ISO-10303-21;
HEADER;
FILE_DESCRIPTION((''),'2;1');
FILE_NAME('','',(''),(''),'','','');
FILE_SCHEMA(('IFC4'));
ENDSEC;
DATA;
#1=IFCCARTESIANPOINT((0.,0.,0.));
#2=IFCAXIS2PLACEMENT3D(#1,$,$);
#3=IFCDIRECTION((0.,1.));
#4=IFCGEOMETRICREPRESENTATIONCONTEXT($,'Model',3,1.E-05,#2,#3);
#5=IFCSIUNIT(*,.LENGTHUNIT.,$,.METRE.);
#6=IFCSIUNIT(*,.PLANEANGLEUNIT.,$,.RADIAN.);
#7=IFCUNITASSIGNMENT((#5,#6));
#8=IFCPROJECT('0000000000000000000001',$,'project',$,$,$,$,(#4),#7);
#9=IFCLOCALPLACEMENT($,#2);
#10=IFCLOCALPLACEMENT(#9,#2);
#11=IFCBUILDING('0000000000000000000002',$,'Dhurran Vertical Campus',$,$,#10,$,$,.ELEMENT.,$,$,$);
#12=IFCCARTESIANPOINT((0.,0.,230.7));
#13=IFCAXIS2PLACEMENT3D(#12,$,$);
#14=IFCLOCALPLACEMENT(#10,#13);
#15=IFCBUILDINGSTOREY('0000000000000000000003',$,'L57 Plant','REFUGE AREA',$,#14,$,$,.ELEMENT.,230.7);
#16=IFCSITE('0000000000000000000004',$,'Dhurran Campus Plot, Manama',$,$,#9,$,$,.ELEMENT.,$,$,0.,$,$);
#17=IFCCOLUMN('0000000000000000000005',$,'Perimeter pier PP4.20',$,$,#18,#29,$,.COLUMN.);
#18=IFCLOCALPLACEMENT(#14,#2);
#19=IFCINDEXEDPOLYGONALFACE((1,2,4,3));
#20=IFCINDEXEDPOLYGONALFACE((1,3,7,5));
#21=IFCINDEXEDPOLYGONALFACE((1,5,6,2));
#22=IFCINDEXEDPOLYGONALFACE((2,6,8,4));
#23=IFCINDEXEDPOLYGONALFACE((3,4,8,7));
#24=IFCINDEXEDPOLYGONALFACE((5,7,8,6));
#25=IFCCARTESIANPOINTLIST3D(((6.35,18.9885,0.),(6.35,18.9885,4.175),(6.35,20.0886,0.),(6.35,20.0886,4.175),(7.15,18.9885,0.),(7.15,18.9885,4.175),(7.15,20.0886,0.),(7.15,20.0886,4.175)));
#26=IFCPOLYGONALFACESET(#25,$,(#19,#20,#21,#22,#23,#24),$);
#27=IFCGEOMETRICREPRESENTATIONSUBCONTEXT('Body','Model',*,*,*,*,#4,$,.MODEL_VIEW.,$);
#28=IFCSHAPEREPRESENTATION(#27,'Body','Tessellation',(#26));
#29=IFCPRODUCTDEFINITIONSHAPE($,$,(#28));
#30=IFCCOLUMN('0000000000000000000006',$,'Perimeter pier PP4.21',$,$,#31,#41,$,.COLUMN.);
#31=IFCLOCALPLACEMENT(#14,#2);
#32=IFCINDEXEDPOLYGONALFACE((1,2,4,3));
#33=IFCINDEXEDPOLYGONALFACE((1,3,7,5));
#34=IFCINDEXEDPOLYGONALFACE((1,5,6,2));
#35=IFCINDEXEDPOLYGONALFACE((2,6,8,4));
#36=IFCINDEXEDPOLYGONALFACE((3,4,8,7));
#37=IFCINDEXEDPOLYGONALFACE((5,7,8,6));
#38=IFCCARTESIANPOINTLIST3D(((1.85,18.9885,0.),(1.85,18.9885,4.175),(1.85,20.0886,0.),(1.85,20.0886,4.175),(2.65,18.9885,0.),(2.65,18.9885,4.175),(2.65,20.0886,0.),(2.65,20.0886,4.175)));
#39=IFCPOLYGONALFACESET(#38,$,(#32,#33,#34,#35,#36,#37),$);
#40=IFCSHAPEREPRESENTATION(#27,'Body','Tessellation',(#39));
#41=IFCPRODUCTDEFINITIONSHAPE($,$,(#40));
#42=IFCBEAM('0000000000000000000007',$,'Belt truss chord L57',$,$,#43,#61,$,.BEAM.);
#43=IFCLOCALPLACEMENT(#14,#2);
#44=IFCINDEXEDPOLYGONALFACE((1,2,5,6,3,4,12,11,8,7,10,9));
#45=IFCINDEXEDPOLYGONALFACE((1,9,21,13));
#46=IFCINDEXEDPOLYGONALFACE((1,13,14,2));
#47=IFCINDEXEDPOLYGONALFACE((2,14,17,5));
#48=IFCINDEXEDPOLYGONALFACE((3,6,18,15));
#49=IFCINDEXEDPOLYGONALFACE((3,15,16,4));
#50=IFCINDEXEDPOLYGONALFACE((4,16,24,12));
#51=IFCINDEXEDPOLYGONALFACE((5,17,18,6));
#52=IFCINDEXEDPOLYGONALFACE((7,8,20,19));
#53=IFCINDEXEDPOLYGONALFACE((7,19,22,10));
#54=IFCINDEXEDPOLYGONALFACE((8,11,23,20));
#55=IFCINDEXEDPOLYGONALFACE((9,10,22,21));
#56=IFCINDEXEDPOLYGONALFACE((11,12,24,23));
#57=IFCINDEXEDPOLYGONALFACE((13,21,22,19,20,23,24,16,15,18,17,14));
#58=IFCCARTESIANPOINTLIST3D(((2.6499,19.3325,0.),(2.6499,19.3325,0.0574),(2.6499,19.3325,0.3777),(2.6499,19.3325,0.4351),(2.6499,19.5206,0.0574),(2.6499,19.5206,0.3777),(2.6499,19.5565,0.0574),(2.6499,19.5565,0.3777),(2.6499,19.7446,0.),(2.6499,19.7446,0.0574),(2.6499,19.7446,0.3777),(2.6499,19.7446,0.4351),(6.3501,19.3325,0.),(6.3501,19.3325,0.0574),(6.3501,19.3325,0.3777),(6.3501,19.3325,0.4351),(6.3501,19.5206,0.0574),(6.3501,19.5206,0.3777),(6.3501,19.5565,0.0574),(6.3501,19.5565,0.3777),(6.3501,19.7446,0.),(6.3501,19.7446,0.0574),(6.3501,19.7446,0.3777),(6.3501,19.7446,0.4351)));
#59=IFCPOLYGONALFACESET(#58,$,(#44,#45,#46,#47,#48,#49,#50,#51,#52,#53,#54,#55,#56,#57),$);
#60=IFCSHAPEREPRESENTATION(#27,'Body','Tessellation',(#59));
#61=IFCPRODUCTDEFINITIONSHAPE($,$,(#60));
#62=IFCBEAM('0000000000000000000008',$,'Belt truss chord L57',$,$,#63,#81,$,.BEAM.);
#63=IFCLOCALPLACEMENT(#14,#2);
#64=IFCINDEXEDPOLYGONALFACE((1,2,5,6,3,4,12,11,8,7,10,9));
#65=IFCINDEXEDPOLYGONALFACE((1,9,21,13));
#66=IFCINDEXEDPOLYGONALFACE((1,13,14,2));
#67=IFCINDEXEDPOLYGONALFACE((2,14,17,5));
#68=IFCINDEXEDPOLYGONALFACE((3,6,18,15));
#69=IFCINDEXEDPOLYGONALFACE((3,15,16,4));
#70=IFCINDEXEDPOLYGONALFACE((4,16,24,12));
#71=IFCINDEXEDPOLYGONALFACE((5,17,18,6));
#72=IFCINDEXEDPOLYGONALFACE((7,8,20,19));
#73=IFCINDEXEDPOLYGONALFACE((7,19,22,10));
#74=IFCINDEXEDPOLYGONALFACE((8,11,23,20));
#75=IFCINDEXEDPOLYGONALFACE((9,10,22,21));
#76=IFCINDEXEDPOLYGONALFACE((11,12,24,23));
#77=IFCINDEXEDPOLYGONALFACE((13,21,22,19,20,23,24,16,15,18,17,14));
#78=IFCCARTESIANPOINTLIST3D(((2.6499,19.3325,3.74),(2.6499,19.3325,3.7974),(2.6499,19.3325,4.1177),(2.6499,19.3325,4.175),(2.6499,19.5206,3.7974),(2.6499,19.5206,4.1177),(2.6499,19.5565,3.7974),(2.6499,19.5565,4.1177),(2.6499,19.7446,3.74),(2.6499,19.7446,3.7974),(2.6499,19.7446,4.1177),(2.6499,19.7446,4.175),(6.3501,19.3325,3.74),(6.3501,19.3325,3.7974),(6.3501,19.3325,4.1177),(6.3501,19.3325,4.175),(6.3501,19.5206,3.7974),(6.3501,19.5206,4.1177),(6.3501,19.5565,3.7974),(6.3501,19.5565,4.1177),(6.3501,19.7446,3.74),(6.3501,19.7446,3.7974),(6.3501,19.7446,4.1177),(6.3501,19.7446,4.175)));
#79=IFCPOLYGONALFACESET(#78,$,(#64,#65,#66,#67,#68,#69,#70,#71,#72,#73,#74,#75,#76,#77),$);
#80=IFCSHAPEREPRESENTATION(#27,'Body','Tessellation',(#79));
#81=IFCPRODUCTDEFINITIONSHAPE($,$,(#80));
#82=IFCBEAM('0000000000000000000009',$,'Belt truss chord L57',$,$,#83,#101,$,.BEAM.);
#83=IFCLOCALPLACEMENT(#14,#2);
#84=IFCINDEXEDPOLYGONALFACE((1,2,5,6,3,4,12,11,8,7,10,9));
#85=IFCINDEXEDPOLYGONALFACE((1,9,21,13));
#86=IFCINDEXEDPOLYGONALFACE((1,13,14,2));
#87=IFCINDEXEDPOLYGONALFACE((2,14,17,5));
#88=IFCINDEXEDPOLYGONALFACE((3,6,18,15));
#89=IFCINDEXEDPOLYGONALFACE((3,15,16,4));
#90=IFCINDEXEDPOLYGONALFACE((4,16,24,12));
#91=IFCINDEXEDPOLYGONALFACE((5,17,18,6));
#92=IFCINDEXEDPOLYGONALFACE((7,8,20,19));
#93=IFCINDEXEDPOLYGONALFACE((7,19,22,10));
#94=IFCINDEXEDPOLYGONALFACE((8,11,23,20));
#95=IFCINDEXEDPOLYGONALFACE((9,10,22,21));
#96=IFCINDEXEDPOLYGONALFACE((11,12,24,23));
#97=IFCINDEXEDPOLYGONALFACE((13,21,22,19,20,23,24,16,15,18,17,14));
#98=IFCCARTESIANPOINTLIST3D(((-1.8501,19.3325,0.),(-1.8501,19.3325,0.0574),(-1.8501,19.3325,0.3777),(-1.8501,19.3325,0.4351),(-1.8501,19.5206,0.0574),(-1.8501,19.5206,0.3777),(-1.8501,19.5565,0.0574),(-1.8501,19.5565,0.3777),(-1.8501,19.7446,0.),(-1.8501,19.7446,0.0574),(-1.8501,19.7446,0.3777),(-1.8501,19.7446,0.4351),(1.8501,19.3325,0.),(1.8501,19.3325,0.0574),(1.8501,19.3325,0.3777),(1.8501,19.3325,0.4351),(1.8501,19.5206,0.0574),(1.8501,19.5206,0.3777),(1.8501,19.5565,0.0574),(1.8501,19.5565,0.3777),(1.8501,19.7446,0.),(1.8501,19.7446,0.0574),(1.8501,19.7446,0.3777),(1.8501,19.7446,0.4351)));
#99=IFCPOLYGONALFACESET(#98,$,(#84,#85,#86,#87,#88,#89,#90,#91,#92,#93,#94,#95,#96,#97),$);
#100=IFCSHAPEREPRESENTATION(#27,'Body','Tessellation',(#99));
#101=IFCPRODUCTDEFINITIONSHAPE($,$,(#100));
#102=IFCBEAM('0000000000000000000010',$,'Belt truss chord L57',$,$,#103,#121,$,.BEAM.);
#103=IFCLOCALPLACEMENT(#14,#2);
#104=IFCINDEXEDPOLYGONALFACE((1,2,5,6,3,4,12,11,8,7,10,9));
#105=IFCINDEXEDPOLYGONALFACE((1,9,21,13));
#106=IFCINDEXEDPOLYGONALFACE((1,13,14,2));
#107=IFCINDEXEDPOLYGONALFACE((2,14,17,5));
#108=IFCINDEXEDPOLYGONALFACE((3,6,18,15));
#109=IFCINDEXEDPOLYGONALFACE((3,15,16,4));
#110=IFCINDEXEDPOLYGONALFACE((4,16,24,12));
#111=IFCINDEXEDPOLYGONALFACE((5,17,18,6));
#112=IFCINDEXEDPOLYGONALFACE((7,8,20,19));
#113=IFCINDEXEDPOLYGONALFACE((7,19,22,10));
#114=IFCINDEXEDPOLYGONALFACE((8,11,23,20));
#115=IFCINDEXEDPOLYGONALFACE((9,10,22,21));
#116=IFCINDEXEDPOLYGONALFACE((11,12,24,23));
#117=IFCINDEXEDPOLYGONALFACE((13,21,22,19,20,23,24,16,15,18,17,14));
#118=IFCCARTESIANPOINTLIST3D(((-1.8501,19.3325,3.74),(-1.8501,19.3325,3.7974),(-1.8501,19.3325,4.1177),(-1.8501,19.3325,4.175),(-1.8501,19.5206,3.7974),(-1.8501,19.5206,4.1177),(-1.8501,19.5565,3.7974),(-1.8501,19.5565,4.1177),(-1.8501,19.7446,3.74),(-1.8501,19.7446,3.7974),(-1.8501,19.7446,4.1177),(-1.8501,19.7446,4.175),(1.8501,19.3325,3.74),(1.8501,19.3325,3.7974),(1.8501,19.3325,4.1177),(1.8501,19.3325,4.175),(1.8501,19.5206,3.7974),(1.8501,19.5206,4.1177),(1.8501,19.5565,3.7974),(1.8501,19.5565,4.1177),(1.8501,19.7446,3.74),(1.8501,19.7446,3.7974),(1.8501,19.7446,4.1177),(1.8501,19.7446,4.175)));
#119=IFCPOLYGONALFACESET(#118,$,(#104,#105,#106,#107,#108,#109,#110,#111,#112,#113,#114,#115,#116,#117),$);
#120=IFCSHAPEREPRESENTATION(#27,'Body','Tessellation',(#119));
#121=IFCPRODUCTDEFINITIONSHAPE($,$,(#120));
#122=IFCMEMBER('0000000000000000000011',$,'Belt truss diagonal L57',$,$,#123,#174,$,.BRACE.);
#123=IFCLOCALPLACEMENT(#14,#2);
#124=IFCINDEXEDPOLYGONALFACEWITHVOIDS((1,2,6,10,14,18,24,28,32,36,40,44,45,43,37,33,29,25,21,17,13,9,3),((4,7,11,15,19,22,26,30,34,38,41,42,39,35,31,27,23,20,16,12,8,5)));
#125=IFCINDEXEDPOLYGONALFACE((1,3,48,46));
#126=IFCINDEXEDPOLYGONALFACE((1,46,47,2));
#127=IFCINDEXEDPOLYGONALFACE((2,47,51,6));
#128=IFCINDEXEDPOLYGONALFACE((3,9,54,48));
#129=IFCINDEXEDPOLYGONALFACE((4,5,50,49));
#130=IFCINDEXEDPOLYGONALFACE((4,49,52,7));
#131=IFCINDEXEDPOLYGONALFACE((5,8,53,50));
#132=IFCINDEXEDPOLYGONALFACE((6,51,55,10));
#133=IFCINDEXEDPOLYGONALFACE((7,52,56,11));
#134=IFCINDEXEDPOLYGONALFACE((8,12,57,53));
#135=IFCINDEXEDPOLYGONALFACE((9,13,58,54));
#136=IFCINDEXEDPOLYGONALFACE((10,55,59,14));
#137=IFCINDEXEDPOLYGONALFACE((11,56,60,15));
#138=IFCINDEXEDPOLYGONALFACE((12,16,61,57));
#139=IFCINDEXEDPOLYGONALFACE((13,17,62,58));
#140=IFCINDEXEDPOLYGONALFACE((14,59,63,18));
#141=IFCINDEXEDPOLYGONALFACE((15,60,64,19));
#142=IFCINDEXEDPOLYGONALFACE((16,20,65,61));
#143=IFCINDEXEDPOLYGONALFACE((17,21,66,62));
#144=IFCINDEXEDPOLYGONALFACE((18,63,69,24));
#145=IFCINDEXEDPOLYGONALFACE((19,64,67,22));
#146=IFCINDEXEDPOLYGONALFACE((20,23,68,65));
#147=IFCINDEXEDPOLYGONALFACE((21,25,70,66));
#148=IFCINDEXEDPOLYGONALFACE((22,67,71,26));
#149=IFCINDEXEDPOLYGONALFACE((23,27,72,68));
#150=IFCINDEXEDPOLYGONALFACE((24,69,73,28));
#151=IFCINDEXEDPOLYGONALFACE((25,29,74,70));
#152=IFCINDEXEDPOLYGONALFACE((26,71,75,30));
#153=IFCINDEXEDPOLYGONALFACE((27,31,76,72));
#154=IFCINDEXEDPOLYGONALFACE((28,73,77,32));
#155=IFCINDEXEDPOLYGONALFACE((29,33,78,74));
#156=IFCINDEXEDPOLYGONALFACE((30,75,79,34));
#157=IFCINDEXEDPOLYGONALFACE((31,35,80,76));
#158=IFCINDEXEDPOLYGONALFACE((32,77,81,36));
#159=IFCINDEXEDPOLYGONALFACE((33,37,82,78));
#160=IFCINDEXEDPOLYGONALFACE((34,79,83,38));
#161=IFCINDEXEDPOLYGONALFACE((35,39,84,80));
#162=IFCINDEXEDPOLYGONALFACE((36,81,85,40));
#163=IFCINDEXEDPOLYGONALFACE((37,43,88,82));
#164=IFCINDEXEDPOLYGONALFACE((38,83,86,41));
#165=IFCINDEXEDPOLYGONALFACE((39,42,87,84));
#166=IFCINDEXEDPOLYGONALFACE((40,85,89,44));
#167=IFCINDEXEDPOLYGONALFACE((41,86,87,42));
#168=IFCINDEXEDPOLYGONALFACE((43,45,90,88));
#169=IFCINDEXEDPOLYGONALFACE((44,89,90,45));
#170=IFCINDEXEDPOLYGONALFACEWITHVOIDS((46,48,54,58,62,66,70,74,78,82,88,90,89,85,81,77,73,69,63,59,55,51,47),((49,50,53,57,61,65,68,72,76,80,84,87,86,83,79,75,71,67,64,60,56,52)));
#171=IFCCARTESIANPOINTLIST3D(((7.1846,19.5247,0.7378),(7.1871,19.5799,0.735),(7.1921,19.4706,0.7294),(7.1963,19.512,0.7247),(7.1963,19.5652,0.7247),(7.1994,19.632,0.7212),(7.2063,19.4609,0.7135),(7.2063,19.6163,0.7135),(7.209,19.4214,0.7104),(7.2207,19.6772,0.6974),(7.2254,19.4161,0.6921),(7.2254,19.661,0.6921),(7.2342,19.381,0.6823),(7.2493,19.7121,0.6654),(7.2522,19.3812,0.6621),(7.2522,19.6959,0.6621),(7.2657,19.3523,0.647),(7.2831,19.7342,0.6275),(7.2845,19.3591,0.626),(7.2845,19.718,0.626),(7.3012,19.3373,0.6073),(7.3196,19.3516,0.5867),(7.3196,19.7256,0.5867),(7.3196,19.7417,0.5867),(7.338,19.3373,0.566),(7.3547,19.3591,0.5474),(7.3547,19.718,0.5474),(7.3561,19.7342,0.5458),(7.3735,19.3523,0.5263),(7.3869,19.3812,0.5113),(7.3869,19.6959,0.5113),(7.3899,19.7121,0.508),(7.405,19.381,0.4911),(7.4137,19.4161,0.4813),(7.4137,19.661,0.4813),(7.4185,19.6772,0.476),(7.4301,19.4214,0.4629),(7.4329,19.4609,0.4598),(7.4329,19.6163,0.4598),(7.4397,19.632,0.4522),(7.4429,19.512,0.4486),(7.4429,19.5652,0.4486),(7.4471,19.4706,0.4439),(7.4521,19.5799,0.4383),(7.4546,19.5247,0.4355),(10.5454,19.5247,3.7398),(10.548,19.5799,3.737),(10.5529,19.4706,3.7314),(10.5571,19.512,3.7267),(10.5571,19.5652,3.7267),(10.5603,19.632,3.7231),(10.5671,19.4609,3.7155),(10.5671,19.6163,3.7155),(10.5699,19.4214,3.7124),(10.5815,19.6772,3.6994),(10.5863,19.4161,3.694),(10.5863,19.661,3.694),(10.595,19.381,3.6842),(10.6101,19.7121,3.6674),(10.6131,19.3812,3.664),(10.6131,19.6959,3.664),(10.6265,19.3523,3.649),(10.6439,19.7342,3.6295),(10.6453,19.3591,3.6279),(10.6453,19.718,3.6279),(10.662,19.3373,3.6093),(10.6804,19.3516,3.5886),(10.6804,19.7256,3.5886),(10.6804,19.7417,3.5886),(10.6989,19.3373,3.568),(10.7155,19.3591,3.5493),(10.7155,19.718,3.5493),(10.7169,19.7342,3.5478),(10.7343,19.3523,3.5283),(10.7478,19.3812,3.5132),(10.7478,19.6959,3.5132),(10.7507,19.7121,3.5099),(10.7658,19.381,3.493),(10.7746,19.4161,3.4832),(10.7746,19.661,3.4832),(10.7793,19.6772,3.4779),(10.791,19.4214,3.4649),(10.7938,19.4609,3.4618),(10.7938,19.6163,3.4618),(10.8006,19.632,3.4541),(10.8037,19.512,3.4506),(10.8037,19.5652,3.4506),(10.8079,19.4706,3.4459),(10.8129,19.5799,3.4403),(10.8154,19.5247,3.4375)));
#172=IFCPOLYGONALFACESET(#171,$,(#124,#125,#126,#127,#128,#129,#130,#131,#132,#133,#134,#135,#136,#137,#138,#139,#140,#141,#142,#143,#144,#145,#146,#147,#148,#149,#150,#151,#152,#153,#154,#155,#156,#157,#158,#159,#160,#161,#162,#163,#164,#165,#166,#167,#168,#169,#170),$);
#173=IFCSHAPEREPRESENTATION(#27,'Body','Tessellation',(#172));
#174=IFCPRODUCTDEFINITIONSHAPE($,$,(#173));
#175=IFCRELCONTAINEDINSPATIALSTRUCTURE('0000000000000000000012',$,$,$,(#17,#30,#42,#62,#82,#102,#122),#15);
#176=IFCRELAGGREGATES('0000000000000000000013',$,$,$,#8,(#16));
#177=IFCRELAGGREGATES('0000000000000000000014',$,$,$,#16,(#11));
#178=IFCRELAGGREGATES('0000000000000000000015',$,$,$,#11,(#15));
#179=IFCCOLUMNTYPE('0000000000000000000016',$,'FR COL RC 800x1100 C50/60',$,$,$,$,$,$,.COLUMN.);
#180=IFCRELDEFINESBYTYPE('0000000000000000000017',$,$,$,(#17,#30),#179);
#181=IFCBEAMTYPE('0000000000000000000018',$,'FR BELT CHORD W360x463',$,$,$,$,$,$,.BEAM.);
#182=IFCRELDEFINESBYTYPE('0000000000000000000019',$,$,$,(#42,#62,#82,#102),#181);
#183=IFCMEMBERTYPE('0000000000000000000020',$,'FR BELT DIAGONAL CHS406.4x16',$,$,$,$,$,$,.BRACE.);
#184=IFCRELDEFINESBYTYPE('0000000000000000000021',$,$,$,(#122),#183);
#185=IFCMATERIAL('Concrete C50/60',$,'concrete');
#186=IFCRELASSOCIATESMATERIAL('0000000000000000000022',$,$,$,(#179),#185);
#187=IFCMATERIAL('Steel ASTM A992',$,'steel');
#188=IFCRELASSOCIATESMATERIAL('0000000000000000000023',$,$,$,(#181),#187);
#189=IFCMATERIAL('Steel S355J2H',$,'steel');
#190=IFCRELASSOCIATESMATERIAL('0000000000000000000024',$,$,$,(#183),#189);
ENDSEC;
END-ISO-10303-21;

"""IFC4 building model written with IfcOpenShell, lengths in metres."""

from ifc_helpers import new_model, si_unit, direction, frame, origin, origin_2d, place, context, subcontext, project, spatial, rectangle, hollow_circle, i_section, extrude, material, material_profile, profile_set, type_object, element, save


model = new_model("IFC4")

# Units and contexts
model_context = context("Model", 3, precision=1e-05, world=origin(), true_north=direction((0.0, 1.0)))
body_context = subcontext(model_context, "Body", "Model", "MODEL_VIEW")
ifc_project = project(units=[si_unit("LENGTHUNIT", "METRE"), si_unit("PLANEANGLEUNIT", "RADIAN")], contexts=[model_context])

# Site, building, storey
site_placement = place(None, origin())
site = spatial("IfcSite", under=ifc_project, at=site_placement, Name="Dhurran Campus Plot, Manama", CompositionType="ELEMENT", RefElevation=0.0)
building_placement = place(site_placement, origin())
building = spatial("IfcBuilding", under=site, at=building_placement, Name="Dhurran Vertical Campus", CompositionType="ELEMENT")
storey_placement = place(building_placement, frame((0.0, 0.0, 230.7)))
storey = spatial("IfcBuildingStorey", under=building, at=storey_placement, Name="L57 Plant", Description="REFUGE AREA", CompositionType="ELEMENT", Elevation=230.7)

# Columns
ifc_material_1 = material(Name="Concrete C50/60", Category="concrete")
ifc_material_profile_1 = material_profile(ifc_material_1, rectangle(XDim=0.8, YDim=1.1001, at=origin_2d()), Name="RC 800x1100")
ifc_profile_set_1 = profile_set([ifc_material_profile_1], Name="Concrete C50/60")
column_type = type_object("IfcColumnType", Name="FR COL RC 800x1100 C50/60", PredefinedType="COLUMN", material=ifc_profile_set_1)
for number, where, z_axis, x_axis, name in (
    (1, (6.75, 19.5386, 0.0), (0.0, 0.0, 1.0), (-1.0, 0.0, 0.0), "Perimeter pier PP4.20"),
    (2, (2.25, 19.5386, 0.0), (0.0, 0.0, 1.0), (-1.0, 0.0, 0.0), "Perimeter pier PP4.21"),
):
    element("IfcColumn", number, at=place(storey_placement, frame(where, z_axis=z_axis, x_axis=x_axis)), inside=storey, type_object=column_type, Name=name, PredefinedType="COLUMN", context=body_context, shape_type="SweptSolid", body=[
        extrude(rectangle(XDim=0.8, YDim=1.1001, at=origin_2d()), origin(), (0.0, 0.0, 1.0), 4.175),
    ])

# Beams
ifc_material_2 = material(Name="Steel ASTM A992", Category="steel")
ifc_material_profile_2 = material_profile(ifc_material_2, i_section(OverallWidth=0.4121, OverallDepth=0.4351, WebThickness=0.0359, FlangeThickness=0.0574, at=origin_2d()), Name="W360x463")
ifc_profile_set_2 = profile_set([ifc_material_profile_2], Name="Steel ASTM A992")
beam_type_1 = type_object("IfcBeamType", Name="FR BELT CHORD W360x463", PredefinedType="BEAM", material=ifc_profile_set_2)
for number, where, z_axis, x_axis, name in (
    (3, (6.3501, 19.5386, 0.2175), (-1.0, 0.0, 0.0), (0.0, -1.0, 0.0), "Belt truss chord L57"),
    (4, (6.3501, 19.5386, 3.9575), (-1.0, 0.0, 0.0), (0.0, -1.0, 0.0), "Belt truss chord L57"),
    (5, (1.8501, 19.5386, 0.2175), (-1.0, 0.0, 0.0), (0.0, -1.0, 0.0), "Belt truss chord L57"),
    (6, (1.8501, 19.5386, 3.9575), (-1.0, 0.0, 0.0), (0.0, -1.0, 0.0), "Belt truss chord L57"),
):
    element("IfcBeam", number, at=place(storey_placement, frame(where, z_axis=z_axis, x_axis=x_axis)), inside=storey, type_object=beam_type_1, Name=name, PredefinedType="BEAM", context=body_context, shape_type="SweptSolid", body=[
        extrude(i_section(OverallWidth=0.4121, OverallDepth=0.4351, WebThickness=0.0359, FlangeThickness=0.0574, at=origin_2d()), origin(), (0.0, 0.0, 1.0), 3.7002),
    ])

# Member
ifc_material_3 = material(Name="Steel S355J2H", Category="steel")
ifc_material_profile_3 = material_profile(ifc_material_3, hollow_circle(Radius=0.2031, WallThickness=0.0161, at=origin_2d()), Name="CHS406.4x16")
ifc_profile_set_3 = profile_set([ifc_material_profile_3], Name="Steel S355J2H")
member_type_1 = type_object("IfcMemberType", Name="FR BELT DIAGONAL CHS406.4x16", PredefinedType="BRACE", material=ifc_profile_set_3)
for number, where, z_axis, x_axis, name in (
    (7, (7.3196, 19.5386, 0.5867), (0.745805, 0.0, 0.666164), (0.0, 1.0, 0.0), "Belt truss diagonal L57"),
):
    element("IfcMember", number, at=place(storey_placement, frame(where, z_axis=z_axis, x_axis=x_axis)), inside=storey, type_object=member_type_1, Name=name, PredefinedType="BRACE", context=body_context, shape_type="SweptSolid", body=[
        extrude(hollow_circle(Radius=0.2031, WallThickness=0.0161, at=origin_2d()), origin(), (0.0, 0.0, 1.0), 4.5063),
    ])

save(model, "model.ifc")
